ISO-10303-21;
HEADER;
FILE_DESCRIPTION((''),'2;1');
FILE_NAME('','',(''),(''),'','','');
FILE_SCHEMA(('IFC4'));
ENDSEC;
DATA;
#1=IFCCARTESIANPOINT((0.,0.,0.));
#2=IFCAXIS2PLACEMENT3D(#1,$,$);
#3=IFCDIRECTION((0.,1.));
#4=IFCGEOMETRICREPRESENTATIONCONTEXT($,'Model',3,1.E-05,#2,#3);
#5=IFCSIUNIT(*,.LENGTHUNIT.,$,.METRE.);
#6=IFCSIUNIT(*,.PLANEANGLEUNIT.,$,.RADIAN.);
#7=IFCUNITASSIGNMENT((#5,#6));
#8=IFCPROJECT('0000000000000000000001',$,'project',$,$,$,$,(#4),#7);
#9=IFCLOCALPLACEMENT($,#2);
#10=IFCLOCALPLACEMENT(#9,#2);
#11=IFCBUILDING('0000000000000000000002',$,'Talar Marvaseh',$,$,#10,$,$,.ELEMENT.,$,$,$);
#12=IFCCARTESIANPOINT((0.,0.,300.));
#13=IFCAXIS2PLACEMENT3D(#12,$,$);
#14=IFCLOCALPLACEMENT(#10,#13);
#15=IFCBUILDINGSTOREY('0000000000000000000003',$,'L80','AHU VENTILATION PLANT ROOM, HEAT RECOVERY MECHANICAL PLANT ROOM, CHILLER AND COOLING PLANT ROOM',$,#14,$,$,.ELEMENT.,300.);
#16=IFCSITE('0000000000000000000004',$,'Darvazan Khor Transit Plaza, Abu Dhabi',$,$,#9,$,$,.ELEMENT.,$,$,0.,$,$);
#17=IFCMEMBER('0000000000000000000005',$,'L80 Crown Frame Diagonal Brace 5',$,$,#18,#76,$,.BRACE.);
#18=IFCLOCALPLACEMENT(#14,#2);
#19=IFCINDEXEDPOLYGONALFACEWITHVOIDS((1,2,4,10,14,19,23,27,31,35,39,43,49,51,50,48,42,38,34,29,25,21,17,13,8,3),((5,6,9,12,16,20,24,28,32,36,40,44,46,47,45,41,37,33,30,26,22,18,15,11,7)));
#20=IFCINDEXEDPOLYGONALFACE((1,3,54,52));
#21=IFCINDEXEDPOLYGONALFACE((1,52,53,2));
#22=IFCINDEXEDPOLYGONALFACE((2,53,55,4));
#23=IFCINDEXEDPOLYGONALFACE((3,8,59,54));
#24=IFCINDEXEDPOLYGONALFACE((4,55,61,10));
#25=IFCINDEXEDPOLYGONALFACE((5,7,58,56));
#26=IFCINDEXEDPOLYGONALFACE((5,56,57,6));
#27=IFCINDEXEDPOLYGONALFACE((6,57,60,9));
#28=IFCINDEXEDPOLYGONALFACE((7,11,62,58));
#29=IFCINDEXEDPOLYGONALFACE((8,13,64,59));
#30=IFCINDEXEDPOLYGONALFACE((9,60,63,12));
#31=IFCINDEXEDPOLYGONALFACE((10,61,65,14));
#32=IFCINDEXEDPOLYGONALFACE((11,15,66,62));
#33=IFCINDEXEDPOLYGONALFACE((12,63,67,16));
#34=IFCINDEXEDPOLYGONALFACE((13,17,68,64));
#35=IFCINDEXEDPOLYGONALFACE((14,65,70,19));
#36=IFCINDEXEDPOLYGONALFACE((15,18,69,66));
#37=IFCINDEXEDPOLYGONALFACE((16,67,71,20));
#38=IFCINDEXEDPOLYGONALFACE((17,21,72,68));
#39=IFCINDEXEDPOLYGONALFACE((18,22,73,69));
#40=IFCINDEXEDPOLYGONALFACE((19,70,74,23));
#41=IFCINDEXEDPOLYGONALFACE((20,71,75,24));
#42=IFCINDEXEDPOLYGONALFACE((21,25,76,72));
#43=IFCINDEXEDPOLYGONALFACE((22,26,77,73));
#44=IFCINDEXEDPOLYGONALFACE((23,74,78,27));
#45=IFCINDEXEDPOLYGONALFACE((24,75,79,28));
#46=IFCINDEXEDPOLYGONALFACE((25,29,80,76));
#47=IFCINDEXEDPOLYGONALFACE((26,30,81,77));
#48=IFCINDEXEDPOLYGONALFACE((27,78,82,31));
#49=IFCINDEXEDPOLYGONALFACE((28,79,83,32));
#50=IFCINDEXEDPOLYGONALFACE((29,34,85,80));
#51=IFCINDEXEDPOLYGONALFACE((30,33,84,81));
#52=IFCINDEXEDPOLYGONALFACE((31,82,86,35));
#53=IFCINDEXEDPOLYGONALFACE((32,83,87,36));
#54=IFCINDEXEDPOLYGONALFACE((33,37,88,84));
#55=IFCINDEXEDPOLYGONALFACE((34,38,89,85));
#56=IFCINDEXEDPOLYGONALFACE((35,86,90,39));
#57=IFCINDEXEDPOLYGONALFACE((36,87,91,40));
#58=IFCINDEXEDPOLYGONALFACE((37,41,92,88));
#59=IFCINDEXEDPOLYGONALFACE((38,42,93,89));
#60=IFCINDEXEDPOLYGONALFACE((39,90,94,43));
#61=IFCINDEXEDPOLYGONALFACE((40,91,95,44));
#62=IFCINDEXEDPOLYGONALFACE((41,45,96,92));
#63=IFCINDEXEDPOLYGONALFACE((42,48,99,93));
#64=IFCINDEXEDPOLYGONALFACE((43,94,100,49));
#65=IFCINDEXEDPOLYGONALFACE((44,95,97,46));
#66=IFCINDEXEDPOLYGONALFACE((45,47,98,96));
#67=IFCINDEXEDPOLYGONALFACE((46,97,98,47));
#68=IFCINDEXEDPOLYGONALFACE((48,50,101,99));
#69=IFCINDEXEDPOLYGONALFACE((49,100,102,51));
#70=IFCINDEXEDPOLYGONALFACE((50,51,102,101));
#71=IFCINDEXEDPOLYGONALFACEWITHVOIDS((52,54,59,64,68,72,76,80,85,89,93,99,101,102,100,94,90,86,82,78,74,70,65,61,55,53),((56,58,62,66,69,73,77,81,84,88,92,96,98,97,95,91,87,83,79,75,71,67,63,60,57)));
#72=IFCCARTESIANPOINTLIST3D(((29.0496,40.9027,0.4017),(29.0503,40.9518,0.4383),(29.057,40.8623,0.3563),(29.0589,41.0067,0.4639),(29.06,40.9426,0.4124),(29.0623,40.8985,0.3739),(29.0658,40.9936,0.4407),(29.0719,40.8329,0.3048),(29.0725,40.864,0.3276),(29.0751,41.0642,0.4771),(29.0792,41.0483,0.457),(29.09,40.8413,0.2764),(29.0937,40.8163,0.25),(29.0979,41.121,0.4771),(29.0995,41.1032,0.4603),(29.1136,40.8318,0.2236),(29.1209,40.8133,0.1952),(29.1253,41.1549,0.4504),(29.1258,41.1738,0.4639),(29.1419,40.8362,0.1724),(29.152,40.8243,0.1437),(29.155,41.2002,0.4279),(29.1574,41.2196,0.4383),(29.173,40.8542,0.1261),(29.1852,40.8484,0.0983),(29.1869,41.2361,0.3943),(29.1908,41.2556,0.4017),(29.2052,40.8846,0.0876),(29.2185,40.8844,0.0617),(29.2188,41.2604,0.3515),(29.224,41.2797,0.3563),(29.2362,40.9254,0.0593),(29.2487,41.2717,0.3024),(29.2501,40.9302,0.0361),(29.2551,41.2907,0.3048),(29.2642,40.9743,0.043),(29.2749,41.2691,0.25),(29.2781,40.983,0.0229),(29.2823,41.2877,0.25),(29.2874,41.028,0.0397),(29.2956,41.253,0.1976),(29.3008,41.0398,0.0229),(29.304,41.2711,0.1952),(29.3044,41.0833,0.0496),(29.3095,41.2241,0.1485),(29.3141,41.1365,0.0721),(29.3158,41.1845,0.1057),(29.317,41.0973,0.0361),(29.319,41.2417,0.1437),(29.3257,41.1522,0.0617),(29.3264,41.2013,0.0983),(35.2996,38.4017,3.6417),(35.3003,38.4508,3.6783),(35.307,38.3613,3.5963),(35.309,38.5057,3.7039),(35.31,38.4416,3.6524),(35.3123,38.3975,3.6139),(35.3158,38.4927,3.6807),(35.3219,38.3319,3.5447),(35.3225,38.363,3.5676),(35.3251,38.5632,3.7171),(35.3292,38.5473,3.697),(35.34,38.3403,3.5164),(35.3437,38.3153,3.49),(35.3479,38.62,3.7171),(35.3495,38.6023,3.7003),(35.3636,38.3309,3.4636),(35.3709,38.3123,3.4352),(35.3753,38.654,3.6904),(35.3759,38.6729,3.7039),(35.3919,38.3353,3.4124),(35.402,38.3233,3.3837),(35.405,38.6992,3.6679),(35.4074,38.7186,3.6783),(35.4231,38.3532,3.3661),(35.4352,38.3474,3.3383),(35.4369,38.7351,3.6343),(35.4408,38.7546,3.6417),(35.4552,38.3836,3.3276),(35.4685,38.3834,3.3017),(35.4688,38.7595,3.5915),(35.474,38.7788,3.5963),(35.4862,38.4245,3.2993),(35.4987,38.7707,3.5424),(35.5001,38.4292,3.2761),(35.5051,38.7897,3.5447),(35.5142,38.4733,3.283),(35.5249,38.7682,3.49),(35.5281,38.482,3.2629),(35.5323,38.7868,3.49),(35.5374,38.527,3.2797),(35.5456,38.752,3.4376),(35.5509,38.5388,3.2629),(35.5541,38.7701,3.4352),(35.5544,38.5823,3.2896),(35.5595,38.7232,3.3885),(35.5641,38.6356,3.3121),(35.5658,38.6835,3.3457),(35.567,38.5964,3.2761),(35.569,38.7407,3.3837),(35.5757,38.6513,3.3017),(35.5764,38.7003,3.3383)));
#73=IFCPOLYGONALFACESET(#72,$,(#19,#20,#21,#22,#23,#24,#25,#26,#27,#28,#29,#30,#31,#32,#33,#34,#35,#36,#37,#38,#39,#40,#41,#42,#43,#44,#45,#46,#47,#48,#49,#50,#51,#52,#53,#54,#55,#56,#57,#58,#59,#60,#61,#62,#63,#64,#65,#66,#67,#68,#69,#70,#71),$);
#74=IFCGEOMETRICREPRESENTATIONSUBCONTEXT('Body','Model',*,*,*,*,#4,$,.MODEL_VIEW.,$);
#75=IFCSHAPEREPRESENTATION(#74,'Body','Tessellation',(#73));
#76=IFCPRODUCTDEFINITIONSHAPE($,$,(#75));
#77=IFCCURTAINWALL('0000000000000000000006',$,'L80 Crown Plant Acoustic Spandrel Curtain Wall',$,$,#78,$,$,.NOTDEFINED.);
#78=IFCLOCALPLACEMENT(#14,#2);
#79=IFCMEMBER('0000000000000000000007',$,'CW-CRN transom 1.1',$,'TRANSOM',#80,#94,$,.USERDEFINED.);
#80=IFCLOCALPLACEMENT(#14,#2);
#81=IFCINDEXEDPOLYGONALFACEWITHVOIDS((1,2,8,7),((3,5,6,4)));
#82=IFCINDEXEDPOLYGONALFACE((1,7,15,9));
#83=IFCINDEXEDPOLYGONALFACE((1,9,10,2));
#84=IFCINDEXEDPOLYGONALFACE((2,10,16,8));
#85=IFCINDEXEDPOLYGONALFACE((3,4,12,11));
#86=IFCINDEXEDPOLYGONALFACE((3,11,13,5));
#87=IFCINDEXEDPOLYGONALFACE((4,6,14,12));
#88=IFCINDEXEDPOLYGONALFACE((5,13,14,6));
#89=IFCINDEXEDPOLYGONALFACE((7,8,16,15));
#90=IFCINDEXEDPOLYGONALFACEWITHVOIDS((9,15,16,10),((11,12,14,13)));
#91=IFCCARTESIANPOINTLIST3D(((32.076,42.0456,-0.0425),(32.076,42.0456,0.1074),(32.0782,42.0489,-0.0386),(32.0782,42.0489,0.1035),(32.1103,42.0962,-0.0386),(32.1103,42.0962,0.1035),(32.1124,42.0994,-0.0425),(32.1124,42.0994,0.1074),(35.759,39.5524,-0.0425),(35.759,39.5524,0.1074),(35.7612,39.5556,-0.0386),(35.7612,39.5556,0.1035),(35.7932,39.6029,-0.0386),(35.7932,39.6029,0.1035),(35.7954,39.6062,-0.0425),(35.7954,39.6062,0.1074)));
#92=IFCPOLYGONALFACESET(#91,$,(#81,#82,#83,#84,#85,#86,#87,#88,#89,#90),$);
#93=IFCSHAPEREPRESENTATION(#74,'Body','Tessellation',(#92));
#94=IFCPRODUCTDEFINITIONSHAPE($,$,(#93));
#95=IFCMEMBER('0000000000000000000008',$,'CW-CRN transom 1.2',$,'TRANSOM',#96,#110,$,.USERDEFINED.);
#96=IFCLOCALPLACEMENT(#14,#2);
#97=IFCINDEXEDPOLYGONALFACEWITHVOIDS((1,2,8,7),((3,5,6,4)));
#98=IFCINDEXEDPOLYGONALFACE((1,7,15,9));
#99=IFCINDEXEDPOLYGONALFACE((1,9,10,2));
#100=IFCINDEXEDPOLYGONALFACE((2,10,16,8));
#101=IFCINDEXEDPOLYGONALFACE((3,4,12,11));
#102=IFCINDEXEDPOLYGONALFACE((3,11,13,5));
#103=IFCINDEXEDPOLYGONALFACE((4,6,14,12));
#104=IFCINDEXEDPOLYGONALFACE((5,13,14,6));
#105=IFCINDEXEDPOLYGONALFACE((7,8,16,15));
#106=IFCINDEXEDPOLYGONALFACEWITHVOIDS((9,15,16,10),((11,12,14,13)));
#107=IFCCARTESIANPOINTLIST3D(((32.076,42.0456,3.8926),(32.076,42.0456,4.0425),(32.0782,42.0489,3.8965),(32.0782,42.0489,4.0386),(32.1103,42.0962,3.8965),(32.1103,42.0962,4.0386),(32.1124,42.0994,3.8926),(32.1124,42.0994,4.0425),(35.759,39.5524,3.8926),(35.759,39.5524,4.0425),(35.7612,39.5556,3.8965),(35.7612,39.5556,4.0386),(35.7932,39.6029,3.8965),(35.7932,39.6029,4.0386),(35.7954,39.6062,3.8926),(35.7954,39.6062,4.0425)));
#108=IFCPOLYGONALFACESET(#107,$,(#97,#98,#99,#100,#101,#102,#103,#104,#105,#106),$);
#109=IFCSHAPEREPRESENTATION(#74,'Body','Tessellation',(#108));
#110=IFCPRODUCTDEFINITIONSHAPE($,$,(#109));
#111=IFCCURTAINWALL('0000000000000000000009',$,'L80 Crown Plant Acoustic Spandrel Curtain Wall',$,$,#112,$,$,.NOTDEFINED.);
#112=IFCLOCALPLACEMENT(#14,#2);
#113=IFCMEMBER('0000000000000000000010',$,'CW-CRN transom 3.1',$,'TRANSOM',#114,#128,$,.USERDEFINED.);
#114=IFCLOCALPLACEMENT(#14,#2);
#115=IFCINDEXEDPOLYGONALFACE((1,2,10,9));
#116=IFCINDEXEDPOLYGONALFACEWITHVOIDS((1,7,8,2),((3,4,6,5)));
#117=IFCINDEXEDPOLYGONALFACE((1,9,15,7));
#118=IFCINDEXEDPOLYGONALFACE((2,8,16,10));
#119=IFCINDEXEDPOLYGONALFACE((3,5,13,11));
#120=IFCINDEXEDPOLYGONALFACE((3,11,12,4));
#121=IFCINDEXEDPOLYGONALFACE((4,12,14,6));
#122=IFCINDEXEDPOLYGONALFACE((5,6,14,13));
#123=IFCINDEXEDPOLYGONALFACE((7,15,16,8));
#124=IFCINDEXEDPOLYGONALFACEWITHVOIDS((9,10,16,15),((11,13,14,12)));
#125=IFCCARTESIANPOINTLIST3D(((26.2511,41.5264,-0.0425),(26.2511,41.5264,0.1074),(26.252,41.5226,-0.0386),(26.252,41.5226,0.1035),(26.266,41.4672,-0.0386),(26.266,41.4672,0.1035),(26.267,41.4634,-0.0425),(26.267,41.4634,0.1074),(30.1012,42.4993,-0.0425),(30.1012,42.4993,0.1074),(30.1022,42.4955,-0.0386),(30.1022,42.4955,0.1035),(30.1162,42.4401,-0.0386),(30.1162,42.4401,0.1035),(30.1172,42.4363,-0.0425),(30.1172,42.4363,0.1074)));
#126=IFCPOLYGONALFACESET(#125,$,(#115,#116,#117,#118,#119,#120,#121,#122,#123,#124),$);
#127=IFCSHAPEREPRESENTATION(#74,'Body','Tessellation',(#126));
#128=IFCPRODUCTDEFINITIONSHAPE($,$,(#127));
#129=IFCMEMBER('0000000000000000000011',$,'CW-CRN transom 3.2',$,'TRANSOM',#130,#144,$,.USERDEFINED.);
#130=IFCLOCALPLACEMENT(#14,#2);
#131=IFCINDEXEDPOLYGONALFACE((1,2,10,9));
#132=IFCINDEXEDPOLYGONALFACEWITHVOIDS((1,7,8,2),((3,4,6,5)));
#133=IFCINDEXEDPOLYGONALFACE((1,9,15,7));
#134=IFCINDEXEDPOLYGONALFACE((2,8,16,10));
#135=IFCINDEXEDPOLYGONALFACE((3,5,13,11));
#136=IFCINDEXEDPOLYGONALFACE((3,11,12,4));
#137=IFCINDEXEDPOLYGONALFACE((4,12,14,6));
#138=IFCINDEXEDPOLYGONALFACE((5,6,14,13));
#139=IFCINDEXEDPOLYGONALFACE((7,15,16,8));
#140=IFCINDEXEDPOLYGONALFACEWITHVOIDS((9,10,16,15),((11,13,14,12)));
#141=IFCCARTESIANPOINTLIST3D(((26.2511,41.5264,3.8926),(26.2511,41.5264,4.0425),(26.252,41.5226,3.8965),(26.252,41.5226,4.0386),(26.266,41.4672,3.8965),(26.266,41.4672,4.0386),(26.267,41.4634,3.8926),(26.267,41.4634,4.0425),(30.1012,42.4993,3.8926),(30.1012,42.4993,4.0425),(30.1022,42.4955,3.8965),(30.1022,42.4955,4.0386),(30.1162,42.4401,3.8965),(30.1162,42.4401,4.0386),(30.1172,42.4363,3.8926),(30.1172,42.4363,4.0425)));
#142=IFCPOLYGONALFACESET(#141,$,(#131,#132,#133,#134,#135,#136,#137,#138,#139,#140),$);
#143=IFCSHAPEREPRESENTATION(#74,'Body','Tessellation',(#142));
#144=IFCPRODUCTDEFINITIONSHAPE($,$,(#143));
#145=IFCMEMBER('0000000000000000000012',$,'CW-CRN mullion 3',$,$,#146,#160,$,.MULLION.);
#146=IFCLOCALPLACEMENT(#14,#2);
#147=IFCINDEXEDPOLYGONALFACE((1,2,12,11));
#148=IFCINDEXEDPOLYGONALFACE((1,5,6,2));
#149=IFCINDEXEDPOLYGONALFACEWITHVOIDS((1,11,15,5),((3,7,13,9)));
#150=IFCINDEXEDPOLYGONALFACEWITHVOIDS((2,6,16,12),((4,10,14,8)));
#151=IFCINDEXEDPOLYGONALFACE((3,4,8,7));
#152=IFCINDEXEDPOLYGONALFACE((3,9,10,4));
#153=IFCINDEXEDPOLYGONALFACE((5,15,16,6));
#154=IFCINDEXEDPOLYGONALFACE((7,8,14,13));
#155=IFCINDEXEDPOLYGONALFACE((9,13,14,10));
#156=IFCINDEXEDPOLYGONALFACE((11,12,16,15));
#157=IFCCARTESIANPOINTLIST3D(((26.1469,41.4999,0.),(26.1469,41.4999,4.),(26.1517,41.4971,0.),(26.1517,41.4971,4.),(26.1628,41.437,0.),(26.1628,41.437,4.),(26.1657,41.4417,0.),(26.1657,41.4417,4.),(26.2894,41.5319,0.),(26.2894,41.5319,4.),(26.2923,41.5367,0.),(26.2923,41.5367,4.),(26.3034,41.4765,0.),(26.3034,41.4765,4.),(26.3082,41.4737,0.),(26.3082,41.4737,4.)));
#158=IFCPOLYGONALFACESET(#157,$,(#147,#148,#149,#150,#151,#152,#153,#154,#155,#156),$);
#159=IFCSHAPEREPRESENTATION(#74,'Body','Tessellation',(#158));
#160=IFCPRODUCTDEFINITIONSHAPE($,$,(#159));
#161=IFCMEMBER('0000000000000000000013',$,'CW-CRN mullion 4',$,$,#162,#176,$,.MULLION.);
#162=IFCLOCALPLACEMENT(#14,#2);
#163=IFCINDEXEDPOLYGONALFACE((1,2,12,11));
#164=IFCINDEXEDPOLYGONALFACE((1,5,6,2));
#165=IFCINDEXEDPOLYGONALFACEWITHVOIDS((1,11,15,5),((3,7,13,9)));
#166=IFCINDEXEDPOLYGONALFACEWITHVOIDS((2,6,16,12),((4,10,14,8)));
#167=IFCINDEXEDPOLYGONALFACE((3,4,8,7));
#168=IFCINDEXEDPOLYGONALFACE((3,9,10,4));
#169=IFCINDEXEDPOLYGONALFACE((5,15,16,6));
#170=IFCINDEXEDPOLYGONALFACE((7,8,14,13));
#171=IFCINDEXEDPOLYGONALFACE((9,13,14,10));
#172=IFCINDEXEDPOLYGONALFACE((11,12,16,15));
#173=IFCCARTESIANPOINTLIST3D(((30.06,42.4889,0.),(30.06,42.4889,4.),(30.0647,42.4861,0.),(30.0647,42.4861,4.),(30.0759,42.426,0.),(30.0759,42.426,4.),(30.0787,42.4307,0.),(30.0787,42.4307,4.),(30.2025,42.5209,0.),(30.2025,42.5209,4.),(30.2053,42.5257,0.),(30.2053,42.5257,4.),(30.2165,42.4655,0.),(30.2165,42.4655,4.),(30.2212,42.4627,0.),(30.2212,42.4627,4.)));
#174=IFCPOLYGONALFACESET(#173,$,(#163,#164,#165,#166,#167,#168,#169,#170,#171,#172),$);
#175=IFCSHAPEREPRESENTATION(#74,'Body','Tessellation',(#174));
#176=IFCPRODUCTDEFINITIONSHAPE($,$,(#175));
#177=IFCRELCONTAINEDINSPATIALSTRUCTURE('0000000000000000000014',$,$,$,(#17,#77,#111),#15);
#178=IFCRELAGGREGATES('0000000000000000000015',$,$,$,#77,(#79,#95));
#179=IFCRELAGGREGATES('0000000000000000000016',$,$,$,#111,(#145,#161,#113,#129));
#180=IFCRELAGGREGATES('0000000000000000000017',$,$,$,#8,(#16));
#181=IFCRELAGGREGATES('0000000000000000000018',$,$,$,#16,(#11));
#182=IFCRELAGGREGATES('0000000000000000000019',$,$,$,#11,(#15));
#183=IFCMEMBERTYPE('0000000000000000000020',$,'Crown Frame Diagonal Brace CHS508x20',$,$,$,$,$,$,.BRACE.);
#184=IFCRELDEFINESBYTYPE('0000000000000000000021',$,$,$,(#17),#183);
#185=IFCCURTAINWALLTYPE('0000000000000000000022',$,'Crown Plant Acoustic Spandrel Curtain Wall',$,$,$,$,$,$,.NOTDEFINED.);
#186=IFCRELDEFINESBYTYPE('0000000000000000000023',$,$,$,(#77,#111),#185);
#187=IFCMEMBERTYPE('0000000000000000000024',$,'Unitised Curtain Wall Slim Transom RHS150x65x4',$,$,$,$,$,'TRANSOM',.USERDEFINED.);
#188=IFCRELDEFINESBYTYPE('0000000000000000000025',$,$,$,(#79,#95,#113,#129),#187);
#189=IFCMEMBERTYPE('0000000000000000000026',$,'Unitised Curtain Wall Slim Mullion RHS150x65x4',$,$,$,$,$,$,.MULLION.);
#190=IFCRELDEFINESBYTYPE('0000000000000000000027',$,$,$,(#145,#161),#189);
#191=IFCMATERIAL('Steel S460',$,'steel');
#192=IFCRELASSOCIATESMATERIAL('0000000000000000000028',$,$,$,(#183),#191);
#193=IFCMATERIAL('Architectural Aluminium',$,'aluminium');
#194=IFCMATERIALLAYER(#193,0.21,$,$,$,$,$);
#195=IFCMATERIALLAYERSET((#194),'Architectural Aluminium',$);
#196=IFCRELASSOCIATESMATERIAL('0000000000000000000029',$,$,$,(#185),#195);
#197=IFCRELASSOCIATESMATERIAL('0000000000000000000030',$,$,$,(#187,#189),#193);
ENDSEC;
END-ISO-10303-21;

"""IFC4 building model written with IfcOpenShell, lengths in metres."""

from ifc_helpers import new_model, si_unit, direction, frame, origin, origin_2d, place, context, subcontext, project, spatial, hollow_rectangle, hollow_circle, extrude, source, transform, mapped, material, layer, layer_set, material_profile, profile_set, type_object, type_shapes, element, aggregate, save


model = new_model("IFC4")

# Units and contexts
model_context = context("Model", 3, precision=1e-05, world=origin(), true_north=direction((0.0, 1.0)))
body_context = subcontext(model_context, "Body", "Model", "MODEL_VIEW")
ifc_project = project(units=[si_unit("LENGTHUNIT", "METRE"), si_unit("PLANEANGLEUNIT", "RADIAN")], contexts=[model_context])

# Site, building, storey
site_placement = place(None, origin())
site = spatial("IfcSite", under=ifc_project, at=site_placement, Name="Darvazan Khor Transit Plaza, Abu Dhabi", CompositionType="ELEMENT", RefElevation=0.0)
building_placement = place(site_placement, origin())
building = spatial("IfcBuilding", under=site, at=building_placement, Name="Talar Marvaseh", CompositionType="ELEMENT")
storey_placement = place(building_placement, frame((0.0, 0.0, 300.0)))
storey = spatial("IfcBuildingStorey", under=building, at=storey_placement, Name="L80", Description="AHU VENTILATION PLANT ROOM, HEAT RECOVERY MECHANICAL PLANT ROOM, CHILLER AND COOLING PLANT ROOM", CompositionType="ELEMENT", Elevation=300.0)

# Shared definitions
ifc_material_1 = material(Name="Steel S460", Category="steel")

# Member
ifc_material_profile_1 = material_profile(ifc_material_1, hollow_circle(Radius=0.2539, WallThickness=0.02, at=origin_2d()), Name="CHS508x20")
ifc_profile_set_1 = profile_set([ifc_material_profile_1], Name="Steel S460")
member_type_1 = type_object("IfcMemberType", Name="Crown Frame Diagonal Brace CHS508x20", PredefinedType="BRACE", material=ifc_profile_set_1)
shared_shape_1 = source(origin(), body_context, "Body", "SweptSolid", [
    extrude(hollow_circle(Radius=0.2539, WallThickness=0.02, at=origin_2d()), origin(), (0.0, 0.0, 1.0), 7.4709),
])
type_shapes(member_type_1, [shared_shape_1])
member_1_placement = place(storey_placement, frame((29.188, 41.052, 0.25), z_axis=(0.836575, -0.334761, 0.433679), x_axis=(0.371516, 0.928427, 0.0)))
element("IfcMember", 1, at=member_1_placement, inside=storey, type_object=member_type_1, Name="L80 Crown Frame Diagonal Brace 5", PredefinedType="BRACE", context=body_context, shape_type="MappedRepresentation", body=[
    mapped(shared_shape_1, transform((0.0, 0.0, 0.0), x_axis=(1.0, 0.0, 0.0), y_axis=(0.0, 1.0, 0.0), z_axis=(0.0, 0.0, 1.0), scale=1.0)),
])

# Curtain walls, members
ifc_material_2 = material(Name="Architectural Aluminium", Category="aluminium")
ifc_layer_1 = layer(ifc_material_2, 0.21)
ifc_layer_set_1 = layer_set([ifc_layer_1], Name="Architectural Aluminium")
curtain_wall_type = type_object("IfcCurtainWallType", Name="Crown Plant Acoustic Spandrel Curtain Wall", PredefinedType="NOTDEFINED", material=ifc_layer_set_1)
curtain_wall_1_placement = place(storey_placement, origin())
curtain_wall_1 = element("IfcCurtainWall", 2, at=curtain_wall_1_placement, inside=storey, type_object=curtain_wall_type, Name="L80 Crown Plant Acoustic Spandrel Curtain Wall", PredefinedType="NOTDEFINED")
ifc_material_profile_2 = material_profile(ifc_material_2, hollow_rectangle(XDim=0.0649, YDim=0.1499, WallThickness=0.0039, at=origin_2d()), Name="RHS150x65x4")
ifc_profile_set_2 = profile_set([ifc_material_profile_2], Name="Architectural Aluminium")
member_type_2 = type_object("IfcMemberType", Name="Unitised Curtain Wall Slim Transom RHS150x65x4", ElementType="TRANSOM", PredefinedType="USERDEFINED", material=ifc_profile_set_2)
shared_shape_2 = source(origin(), body_context, "Body", "SweptSolid", [
    extrude(hollow_rectangle(XDim=0.0649, YDim=0.1499, WallThickness=0.0039, at=origin_2d()), origin(), (0.0, 0.0, 1.0), 4.4475),
])
member_2_placement = place(storey_placement, frame((32.0942, 42.0725, 0.0325), z_axis=(0.828094, -0.56059, 0.0), x_axis=(0.56059, 0.828094, 0.0)))
member_2 = element("IfcMember", 3, at=member_2_placement, type_object=member_type_2, Name="CW-CRN transom 1.1", ObjectType="TRANSOM", PredefinedType="USERDEFINED", context=body_context, shape_type="MappedRepresentation", body=[
    mapped(shared_shape_2, transform((0.0, 0.0, 0.0), x_axis=(1.0, 0.0, 0.0), y_axis=(0.0, 1.0, 0.0), z_axis=(0.0, 0.0, 1.0), scale=1.0)),
])
member_3_placement = place(storey_placement, frame((32.0942, 42.0725, 3.9675), z_axis=(0.828094, -0.56059, 0.0), x_axis=(0.56059, 0.828094, 0.0)))
member_3 = element("IfcMember", 4, at=member_3_placement, type_object=member_type_2, Name="CW-CRN transom 1.2", ObjectType="TRANSOM", PredefinedType="USERDEFINED", context=body_context, shape_type="MappedRepresentation", body=[
    mapped(shared_shape_2, transform((0.0, 0.0, 0.0), x_axis=(1.0, 0.0, 0.0), y_axis=(0.0, 1.0, 0.0), z_axis=(0.0, 0.0, 1.0), scale=1.0)),
])
curtain_wall_2_placement = place(storey_placement, origin())
curtain_wall_2 = element("IfcCurtainWall", 5, at=curtain_wall_2_placement, inside=storey, type_object=curtain_wall_type, Name="L80 Crown Plant Acoustic Spandrel Curtain Wall", PredefinedType="NOTDEFINED")
shared_shape_3 = source(origin(), body_context, "Body", "SweptSolid", [
    extrude(hollow_rectangle(XDim=0.0649, YDim=0.1499, WallThickness=0.0039, at=origin_2d()), origin(), (0.0, 0.0, 1.0), 3.9712),
])
type_shapes(member_type_2, [shared_shape_2, shared_shape_3])
member_4_placement = place(storey_placement, frame((26.259, 41.4949, 0.0325), z_axis=(0.969525, 0.244994, 0.0), x_axis=(-0.244994, 0.969525, 0.0)))
member_4 = element("IfcMember", 6, at=member_4_placement, type_object=member_type_2, Name="CW-CRN transom 3.1", ObjectType="TRANSOM", PredefinedType="USERDEFINED", context=body_context, shape_type="MappedRepresentation", body=[
    mapped(shared_shape_3, transform((0.0, 0.0, 0.0), x_axis=(1.0, 0.0, 0.0), y_axis=(0.0, 1.0, 0.0), z_axis=(0.0, 0.0, 1.0), scale=1.0)),
])
member_5_placement = place(storey_placement, frame((26.259, 41.4949, 3.9675), z_axis=(0.969525, 0.244994, 0.0), x_axis=(-0.244994, 0.969525, 0.0)))
member_5 = element("IfcMember", 7, at=member_5_placement, type_object=member_type_2, Name="CW-CRN transom 3.2", ObjectType="TRANSOM", PredefinedType="USERDEFINED", context=body_context, shape_type="MappedRepresentation", body=[
    mapped(shared_shape_3, transform((0.0, 0.0, 0.0), x_axis=(1.0, 0.0, 0.0), y_axis=(0.0, 1.0, 0.0), z_axis=(0.0, 0.0, 1.0), scale=1.0)),
])
ifc_material_profile_3 = material_profile(ifc_material_2, hollow_rectangle(XDim=0.0649, YDim=0.1499, WallThickness=0.0039, at=origin_2d()), Name="RHS150x65x4")
ifc_profile_set_3 = profile_set([ifc_material_profile_3], Name="Architectural Aluminium")
member_type_3 = type_object("IfcMemberType", Name="Unitised Curtain Wall Slim Mullion RHS150x65x4", PredefinedType="MULLION", material=ifc_profile_set_3)
shared_shape_4 = source(origin(), body_context, "Body", "SweptSolid", [
    extrude(hollow_rectangle(XDim=0.0649, YDim=0.1499, WallThickness=0.0039, at=origin_2d()), origin(), (0.0, 0.0, 1.0), 4.0),
])
type_shapes(member_type_3, [shared_shape_4])
member_6_placement = place(storey_placement, frame((26.2275, 41.4868, 0.0), z_axis=(0.0, 0.0, 1.0), x_axis=(-0.245002, 0.969523, 0.0)))
member_6 = element("IfcMember", 8, at=member_6_placement, type_object=member_type_3, Name="CW-CRN mullion 3", PredefinedType="MULLION", context=body_context, shape_type="MappedRepresentation", body=[
    mapped(shared_shape_4, transform((0.0, 0.0, 0.0), x_axis=(1.0, 0.0, 0.0), y_axis=(0.0, 1.0, 0.0), z_axis=(0.0, 0.0, 1.0), scale=1.0)),
])
member_7_placement = place(storey_placement, frame((30.1406, 42.4758, 0.0), z_axis=(0.0, 0.0, 1.0), x_axis=(-0.245002, 0.969523, 0.0)))
member_7 = element("IfcMember", 9, at=member_7_placement, type_object=member_type_3, Name="CW-CRN mullion 4", PredefinedType="MULLION", context=body_context, shape_type="MappedRepresentation", body=[
    mapped(shared_shape_4, transform((0.0, 0.0, 0.0), x_axis=(1.0, 0.0, 0.0), y_axis=(0.0, 1.0, 0.0), z_axis=(0.0, 0.0, 1.0), scale=1.0)),
])

aggregate(curtain_wall_1, [member_2, member_3])

aggregate(curtain_wall_2, [member_6, member_7, member_4, member_5])

save(model, "model.ifc")
